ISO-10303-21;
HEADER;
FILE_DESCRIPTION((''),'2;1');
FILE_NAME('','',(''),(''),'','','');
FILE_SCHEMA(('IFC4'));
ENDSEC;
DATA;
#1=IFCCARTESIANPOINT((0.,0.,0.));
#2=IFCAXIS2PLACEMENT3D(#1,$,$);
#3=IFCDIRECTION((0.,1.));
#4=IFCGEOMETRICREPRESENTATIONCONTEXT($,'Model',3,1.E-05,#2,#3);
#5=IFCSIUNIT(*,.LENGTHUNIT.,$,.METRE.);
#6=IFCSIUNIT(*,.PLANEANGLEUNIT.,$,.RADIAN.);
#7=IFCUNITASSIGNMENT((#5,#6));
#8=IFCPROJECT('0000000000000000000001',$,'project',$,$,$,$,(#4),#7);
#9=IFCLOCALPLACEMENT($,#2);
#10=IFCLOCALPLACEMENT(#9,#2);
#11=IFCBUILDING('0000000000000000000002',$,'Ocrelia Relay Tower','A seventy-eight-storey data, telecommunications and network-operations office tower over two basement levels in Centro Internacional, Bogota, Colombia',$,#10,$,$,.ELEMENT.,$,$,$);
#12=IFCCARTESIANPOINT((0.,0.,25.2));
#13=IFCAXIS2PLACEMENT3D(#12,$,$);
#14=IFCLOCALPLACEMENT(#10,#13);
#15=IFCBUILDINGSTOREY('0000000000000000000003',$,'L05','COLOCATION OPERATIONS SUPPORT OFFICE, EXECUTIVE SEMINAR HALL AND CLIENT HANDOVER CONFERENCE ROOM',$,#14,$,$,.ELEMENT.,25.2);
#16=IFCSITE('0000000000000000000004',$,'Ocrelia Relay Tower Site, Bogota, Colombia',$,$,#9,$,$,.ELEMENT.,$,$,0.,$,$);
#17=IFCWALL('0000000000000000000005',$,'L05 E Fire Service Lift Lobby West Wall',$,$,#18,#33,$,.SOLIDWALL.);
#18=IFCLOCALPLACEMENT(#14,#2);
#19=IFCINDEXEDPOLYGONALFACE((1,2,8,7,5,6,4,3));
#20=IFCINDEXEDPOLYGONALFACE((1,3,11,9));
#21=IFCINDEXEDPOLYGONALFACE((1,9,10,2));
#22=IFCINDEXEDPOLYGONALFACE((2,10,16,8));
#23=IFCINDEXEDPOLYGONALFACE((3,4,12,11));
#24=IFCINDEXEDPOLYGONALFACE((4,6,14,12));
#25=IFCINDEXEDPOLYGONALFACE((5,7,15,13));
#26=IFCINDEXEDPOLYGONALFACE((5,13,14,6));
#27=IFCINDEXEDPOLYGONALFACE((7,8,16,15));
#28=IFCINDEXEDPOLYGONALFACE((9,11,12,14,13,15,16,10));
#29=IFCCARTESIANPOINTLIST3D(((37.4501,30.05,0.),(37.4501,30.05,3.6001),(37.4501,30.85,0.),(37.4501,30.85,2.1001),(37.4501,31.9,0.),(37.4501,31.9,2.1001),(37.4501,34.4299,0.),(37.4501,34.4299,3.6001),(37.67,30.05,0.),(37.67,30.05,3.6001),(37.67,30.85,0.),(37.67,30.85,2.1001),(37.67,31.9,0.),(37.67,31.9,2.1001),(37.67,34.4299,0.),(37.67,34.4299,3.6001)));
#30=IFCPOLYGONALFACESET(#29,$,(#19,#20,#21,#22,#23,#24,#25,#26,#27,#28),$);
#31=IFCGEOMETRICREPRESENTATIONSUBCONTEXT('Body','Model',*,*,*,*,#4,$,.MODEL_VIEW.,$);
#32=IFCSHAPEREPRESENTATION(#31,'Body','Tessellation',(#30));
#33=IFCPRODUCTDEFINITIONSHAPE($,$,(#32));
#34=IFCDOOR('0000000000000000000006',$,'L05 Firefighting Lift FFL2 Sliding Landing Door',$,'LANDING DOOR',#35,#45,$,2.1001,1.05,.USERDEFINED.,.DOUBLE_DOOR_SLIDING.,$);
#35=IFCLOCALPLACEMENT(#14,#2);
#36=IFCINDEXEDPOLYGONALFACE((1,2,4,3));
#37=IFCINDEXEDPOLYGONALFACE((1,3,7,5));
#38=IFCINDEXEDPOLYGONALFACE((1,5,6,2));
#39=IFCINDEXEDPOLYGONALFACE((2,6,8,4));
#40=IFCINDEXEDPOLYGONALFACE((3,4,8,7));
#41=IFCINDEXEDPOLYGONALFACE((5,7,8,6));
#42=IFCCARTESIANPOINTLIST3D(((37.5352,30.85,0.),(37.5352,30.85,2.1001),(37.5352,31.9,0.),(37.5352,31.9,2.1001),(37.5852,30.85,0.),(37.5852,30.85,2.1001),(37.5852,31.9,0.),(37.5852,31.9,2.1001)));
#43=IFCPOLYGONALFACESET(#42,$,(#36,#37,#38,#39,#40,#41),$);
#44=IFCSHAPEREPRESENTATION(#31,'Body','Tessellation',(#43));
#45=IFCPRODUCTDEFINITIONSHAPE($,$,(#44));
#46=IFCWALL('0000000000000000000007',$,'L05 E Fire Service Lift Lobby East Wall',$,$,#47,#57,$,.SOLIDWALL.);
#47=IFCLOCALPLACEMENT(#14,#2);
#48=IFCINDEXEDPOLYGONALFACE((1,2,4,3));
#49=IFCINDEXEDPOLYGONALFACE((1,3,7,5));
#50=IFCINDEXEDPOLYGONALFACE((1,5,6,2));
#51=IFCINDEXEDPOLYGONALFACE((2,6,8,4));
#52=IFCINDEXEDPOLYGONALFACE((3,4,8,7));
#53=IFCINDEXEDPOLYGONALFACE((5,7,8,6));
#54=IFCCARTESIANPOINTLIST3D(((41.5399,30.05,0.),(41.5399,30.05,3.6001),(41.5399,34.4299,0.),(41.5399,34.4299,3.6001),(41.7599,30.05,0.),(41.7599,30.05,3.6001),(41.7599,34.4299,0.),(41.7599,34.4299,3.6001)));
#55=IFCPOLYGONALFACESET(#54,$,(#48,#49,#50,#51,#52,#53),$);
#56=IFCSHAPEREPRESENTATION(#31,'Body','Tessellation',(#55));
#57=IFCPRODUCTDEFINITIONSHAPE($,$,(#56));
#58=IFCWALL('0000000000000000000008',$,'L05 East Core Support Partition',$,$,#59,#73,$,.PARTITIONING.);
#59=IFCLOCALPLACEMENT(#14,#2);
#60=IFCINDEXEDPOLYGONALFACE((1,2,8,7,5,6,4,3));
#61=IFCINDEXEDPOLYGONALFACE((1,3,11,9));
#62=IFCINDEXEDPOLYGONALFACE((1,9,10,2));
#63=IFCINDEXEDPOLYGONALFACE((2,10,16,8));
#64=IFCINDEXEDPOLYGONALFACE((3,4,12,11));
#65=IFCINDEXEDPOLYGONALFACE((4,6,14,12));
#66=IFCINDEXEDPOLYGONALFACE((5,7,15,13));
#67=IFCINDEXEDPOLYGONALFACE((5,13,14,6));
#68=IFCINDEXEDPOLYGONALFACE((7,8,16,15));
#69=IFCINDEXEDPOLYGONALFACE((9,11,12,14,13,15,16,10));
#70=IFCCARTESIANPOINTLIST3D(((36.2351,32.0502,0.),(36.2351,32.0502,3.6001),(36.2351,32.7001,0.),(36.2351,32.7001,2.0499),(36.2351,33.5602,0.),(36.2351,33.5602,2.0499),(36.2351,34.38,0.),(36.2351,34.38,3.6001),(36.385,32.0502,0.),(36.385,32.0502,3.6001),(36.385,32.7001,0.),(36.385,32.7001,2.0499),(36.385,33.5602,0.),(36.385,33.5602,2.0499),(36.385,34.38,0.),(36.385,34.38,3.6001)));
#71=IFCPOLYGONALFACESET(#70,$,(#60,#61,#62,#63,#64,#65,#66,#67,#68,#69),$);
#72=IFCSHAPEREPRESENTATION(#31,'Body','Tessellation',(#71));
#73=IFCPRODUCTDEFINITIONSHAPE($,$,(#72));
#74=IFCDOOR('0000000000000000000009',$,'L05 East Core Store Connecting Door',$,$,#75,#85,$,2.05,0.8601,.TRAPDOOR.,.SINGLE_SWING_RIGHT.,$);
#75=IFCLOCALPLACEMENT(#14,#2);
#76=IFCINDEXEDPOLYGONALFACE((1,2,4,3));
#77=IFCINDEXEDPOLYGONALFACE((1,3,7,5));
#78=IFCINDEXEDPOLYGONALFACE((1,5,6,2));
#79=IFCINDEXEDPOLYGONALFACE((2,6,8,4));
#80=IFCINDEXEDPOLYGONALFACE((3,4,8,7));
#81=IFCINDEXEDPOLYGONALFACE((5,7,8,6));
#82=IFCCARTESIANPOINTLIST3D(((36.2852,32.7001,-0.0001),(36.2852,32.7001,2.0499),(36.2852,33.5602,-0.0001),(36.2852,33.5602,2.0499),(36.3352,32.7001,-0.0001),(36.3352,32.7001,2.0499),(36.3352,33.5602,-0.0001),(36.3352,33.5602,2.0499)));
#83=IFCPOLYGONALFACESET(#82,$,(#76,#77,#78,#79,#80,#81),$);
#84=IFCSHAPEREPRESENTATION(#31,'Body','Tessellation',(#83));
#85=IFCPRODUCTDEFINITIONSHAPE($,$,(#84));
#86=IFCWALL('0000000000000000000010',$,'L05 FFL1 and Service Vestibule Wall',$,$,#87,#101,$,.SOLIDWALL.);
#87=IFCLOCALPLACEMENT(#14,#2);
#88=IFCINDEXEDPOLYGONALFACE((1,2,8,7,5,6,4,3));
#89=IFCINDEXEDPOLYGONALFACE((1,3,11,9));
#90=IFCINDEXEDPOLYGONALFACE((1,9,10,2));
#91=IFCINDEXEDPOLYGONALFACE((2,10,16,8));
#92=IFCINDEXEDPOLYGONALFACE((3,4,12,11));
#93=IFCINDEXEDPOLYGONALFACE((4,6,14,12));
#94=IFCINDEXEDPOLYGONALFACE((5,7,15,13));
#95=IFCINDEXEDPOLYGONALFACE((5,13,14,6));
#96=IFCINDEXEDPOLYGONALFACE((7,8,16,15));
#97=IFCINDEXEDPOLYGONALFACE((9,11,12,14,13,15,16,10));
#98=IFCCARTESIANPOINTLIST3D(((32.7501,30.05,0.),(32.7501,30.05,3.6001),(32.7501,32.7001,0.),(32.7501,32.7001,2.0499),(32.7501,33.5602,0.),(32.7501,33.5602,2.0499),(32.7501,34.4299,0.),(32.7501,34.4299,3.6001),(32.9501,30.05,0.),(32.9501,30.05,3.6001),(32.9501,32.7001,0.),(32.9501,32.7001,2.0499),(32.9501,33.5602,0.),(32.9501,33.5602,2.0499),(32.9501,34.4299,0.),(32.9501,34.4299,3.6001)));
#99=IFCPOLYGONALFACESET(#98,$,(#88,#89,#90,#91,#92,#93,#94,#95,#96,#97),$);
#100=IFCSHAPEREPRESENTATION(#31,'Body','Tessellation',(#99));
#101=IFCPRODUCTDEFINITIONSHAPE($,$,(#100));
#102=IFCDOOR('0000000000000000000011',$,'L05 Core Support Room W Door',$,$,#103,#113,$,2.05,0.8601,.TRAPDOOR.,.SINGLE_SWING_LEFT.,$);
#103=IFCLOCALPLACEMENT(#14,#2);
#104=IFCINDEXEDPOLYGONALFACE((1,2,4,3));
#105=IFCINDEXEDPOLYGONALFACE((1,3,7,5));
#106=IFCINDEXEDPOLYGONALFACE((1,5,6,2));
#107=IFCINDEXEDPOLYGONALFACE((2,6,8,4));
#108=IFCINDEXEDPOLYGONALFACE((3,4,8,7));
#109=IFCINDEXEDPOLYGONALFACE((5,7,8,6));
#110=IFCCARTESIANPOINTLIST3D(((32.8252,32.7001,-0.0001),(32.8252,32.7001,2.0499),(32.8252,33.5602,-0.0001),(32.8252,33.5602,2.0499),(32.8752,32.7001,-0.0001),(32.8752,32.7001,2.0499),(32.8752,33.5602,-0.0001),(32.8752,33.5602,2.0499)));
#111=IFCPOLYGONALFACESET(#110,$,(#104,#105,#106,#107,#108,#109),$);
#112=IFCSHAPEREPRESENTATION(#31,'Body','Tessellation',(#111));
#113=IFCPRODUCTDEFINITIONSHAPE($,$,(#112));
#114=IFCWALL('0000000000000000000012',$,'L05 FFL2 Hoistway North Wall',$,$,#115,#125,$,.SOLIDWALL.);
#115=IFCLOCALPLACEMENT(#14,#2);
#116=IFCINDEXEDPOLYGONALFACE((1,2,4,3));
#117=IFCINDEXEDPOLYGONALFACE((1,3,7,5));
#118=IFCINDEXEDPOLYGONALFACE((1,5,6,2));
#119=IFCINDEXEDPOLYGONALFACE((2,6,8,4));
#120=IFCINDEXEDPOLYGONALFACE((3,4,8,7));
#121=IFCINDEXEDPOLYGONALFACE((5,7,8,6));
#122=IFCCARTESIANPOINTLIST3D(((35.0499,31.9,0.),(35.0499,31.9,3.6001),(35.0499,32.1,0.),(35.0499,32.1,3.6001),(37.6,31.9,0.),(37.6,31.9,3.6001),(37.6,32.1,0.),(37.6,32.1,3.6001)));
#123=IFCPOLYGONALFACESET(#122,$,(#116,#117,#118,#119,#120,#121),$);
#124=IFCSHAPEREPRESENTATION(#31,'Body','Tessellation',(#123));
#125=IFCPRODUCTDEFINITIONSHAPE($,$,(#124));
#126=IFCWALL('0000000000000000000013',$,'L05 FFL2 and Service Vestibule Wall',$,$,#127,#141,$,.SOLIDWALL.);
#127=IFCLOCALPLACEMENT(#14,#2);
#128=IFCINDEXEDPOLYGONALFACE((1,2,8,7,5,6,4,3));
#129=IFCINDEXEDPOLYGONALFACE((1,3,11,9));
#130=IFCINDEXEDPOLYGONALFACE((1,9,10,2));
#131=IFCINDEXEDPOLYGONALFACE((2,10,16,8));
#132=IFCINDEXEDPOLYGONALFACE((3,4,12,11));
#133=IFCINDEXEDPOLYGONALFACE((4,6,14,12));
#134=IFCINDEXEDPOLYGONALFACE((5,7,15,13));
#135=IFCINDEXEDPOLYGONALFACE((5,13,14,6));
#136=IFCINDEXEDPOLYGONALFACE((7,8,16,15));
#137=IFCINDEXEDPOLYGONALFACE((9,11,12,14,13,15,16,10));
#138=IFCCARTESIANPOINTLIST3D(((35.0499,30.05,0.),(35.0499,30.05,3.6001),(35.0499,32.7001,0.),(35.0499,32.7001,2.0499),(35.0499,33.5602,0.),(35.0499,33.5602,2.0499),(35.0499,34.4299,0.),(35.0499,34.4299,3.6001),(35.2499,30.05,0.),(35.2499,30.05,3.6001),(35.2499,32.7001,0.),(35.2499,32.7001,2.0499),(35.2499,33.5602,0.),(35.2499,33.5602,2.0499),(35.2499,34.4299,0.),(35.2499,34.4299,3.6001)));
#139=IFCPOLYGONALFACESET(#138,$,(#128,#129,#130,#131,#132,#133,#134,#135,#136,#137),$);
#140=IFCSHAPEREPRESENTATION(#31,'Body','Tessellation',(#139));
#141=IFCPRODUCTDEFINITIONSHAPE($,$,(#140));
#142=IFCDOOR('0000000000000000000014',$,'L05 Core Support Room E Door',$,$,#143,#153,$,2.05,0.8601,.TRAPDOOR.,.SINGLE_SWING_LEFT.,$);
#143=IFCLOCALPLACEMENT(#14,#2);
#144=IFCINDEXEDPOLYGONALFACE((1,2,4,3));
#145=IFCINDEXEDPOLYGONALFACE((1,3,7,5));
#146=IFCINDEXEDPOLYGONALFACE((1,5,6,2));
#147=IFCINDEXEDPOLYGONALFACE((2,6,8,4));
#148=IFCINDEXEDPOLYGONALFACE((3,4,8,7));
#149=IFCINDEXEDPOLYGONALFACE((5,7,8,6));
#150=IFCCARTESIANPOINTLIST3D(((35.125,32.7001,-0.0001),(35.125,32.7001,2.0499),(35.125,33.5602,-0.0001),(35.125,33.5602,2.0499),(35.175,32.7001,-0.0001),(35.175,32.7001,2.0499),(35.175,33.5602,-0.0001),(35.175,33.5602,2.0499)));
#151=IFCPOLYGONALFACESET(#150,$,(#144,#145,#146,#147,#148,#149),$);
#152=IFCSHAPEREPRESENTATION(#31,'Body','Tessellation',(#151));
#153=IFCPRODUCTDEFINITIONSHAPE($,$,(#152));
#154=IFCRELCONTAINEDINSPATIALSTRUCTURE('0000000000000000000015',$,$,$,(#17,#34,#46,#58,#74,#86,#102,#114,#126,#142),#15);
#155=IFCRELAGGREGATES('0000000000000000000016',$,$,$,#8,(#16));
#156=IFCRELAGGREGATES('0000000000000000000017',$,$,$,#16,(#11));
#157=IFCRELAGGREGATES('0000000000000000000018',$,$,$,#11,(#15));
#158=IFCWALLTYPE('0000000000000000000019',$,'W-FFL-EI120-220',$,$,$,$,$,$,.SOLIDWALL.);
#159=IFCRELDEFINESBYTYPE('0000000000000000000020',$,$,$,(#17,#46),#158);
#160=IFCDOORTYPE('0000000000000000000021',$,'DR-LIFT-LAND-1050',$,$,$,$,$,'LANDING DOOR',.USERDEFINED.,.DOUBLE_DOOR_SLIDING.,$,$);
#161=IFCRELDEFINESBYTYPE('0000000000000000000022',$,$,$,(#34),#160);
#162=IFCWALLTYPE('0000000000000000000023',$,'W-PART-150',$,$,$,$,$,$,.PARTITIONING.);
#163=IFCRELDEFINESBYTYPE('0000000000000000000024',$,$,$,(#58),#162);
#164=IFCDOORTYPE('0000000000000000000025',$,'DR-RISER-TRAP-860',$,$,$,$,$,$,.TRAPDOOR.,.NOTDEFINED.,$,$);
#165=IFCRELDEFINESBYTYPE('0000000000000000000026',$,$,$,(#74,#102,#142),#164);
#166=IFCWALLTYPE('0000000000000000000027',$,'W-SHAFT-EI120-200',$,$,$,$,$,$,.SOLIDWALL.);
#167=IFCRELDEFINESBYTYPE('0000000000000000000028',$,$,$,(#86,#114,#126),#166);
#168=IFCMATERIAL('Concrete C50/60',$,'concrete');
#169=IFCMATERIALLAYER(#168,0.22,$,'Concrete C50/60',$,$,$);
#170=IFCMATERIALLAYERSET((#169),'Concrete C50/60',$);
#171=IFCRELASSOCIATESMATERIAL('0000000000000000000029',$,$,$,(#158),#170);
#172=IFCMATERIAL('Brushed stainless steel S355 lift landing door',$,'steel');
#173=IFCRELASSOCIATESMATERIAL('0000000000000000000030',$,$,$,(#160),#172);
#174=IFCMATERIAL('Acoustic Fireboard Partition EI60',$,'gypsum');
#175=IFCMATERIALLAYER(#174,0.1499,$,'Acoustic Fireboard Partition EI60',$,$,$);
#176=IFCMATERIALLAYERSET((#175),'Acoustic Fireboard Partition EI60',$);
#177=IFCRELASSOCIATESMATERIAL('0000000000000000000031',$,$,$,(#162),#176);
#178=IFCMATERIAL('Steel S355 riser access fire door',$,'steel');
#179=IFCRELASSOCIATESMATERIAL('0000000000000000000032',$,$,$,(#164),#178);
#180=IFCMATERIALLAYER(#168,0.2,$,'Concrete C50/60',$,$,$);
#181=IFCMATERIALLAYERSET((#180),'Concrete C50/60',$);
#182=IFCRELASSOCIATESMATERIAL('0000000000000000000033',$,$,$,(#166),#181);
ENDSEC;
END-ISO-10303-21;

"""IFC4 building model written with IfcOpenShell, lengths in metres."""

from ifc_helpers import new_model, si_unit, direction, frame, frame_2d, origin, place, context, subcontext, project, spatial, rectangle, extrude, material, layer, layer_set, type_object, element, fill, save


model = new_model("IFC4")

# Units and contexts
model_context = context("Model", 3, precision=1e-05, world=origin(), true_north=direction((0.0, 1.0)))
body_context = subcontext(model_context, "Body", "Model", "MODEL_VIEW")
ifc_project = project(units=[si_unit("LENGTHUNIT", "METRE"), si_unit("PLANEANGLEUNIT", "RADIAN")], contexts=[model_context])

# Site, building, storey
site_placement = place(None, origin())
site = spatial("IfcSite", under=ifc_project, at=site_placement, Name="Ocrelia Relay Tower Site, Bogota, Colombia", CompositionType="ELEMENT", RefElevation=0.0)
building_placement = place(site_placement, origin())
building = spatial("IfcBuilding", under=site, at=building_placement, Name="Ocrelia Relay Tower", Description="A seventy-eight-storey data, telecommunications and network-operations office tower over two basement levels in Centro Internacional, Bogota, Colombia", CompositionType="ELEMENT")
storey_placement = place(building_placement, frame((0.0, 0.0, 25.2)))
storey = spatial("IfcBuildingStorey", under=building, at=storey_placement, Name="L05", Description="COLOCATION OPERATIONS SUPPORT OFFICE, EXECUTIVE SEMINAR HALL AND CLIENT HANDOVER CONFERENCE ROOM", CompositionType="ELEMENT", Elevation=25.2)

# Wall, opening, door
ifc_material_1 = material(Name="Concrete C50/60", Category="concrete")
ifc_layer_1 = layer(ifc_material_1, 0.22, Name="Concrete C50/60")
ifc_layer_set_1 = layer_set([ifc_layer_1], Name="Concrete C50/60")
wall_type_1 = type_object("IfcWallType", Name="W-FFL-EI120-220", PredefinedType="SOLIDWALL", material=ifc_layer_set_1)
wall_1_placement = place(storey_placement, frame((37.5601, 30.05, 0.0), z_axis=(0.0, 0.0, 1.0), x_axis=(0.0, 1.0, 0.0)))
wall_1 = element("IfcWall", 1, at=wall_1_placement, inside=storey, type_object=wall_type_1, Name="L05 E Fire Service Lift Lobby West Wall", PredefinedType="SOLIDWALL", context=body_context, shape_type="SweptSolid", body=[
    extrude(rectangle(XDim=4.3799, YDim=0.22, at=frame_2d((2.1899, 0.0))), origin(), (0.0, 0.0, 1.0), 3.6001),
])
opening_1_placement = place(wall_1_placement, frame((0.8, 0.0, 0.0)))
opening_1 = element("IfcOpeningElement", 2, at=opening_1_placement, cuts=wall_1, PredefinedType="OPENING", context=body_context, shape_type="SweptSolid", body=[
    extrude(rectangle(XDim=1.05, YDim=2.1001, at=frame_2d((0.5249, 1.05))), frame((0.0, 0.1201, 0.0), z_axis=(0.0, -1.0, 0.0), x_axis=(1.0, 0.0, 0.0)), (0.0, 0.0, 1.0), 0.24),
])
ifc_material_2 = material(Name="Brushed stainless steel S355 lift landing door", Category="steel")
door_type_1 = type_object("IfcDoorType", Name="DR-LIFT-LAND-1050", ElementType="LANDING DOOR", OperationType="DOUBLE_DOOR_SLIDING", PredefinedType="USERDEFINED", material=ifc_material_2)
door_1_placement = place(opening_1_placement, origin())
door_1 = element("IfcDoor", 3, at=door_1_placement, inside=storey, type_object=door_type_1, Name="L05 Firefighting Lift FFL2 Sliding Landing Door", ObjectType="LANDING DOOR", OperationType="DOUBLE_DOOR_SLIDING", OverallHeight=2.1001, OverallWidth=1.05, PredefinedType="USERDEFINED", context=body_context, shape_type="SweptSolid", body=[
    extrude(rectangle(XDim=1.05, YDim=2.1001, at=frame_2d((0.5249, 1.05))), frame((0.0, 0.0249, 0.0), z_axis=(0.0, -1.0, 0.0), x_axis=(1.0, 0.0, 0.0)), (0.0, 0.0, 1.0), 0.05),
])
fill(opening_1, door_1)

# Wall
wall_2_placement = place(storey_placement, frame((41.6499, 30.05, 0.0), z_axis=(0.0, 0.0, 1.0), x_axis=(0.0, 1.0, 0.0)))
element("IfcWall", 4, at=wall_2_placement, inside=storey, type_object=wall_type_1, Name="L05 E Fire Service Lift Lobby East Wall", PredefinedType="SOLIDWALL", context=body_context, shape_type="SweptSolid", body=[
    extrude(rectangle(XDim=4.3799, YDim=0.22, at=frame_2d((2.1899, 0.0))), origin(), (0.0, 0.0, 1.0), 3.6001),
])

# Walls, openings, doors
ifc_material_3 = material(Name="Acoustic Fireboard Partition EI60", Category="gypsum")
ifc_layer_2 = layer(ifc_material_3, 0.1499, Name="Acoustic Fireboard Partition EI60")
ifc_layer_set_2 = layer_set([ifc_layer_2], Name="Acoustic Fireboard Partition EI60")
wall_type_2 = type_object("IfcWallType", Name="W-PART-150", PredefinedType="PARTITIONING", material=ifc_layer_set_2)
wall_3_placement = place(storey_placement, frame((36.3101, 32.05, 0.0), z_axis=(0.0, 0.0, 1.0), x_axis=(0.0, 1.0, 0.0)))
wall_3 = element("IfcWall", 5, at=wall_3_placement, inside=storey, type_object=wall_type_2, Name="L05 East Core Support Partition", PredefinedType="PARTITIONING", context=body_context, shape_type="SweptSolid", body=[
    extrude(rectangle(XDim=2.3298, YDim=0.1499, at=frame_2d((1.165, 0.0))), origin(), (0.0, 0.0, 1.0), 3.6001),
])
opening_2_placement = place(wall_3_placement, frame((0.6499, 0.0, 0.0)))
opening_2 = element("IfcOpeningElement", 6, at=opening_2_placement, cuts=wall_3, PredefinedType="OPENING", context=body_context, shape_type="SweptSolid", body=[
    extrude(rectangle(XDim=0.8601, YDim=2.05, at=frame_2d((0.4302, 1.0249))), frame((0.0, 0.085, 0.0), z_axis=(0.0, -1.0, 0.0), x_axis=(1.0, 0.0, 0.0)), (0.0, 0.0, 1.0), 0.1699),
])
ifc_material_4 = material(Name="Steel S355 riser access fire door", Category="steel")
door_type_2 = type_object("IfcDoorType", Name="DR-RISER-TRAP-860", OperationType="NOTDEFINED", PredefinedType="TRAPDOOR", material=ifc_material_4)
door_2_placement = place(opening_2_placement, origin())
door_2 = element("IfcDoor", 7, at=door_2_placement, inside=storey, type_object=door_type_2, Name="L05 East Core Store Connecting Door", OperationType="SINGLE_SWING_RIGHT", OverallHeight=2.05, OverallWidth=0.8601, PredefinedType="TRAPDOOR", context=body_context, shape_type="SweptSolid", body=[
    extrude(rectangle(XDim=0.8601, YDim=2.05, at=frame_2d((0.4302, 1.0249))), frame((0.0, 0.0249, 0.0), z_axis=(0.0, -1.0, 0.0), x_axis=(1.0, 0.0, 0.0)), (0.0, 0.0, 1.0), 0.05),
])
fill(opening_2, door_2)
ifc_layer_3 = layer(ifc_material_1, 0.2, Name="Concrete C50/60")
ifc_layer_set_3 = layer_set([ifc_layer_3], Name="Concrete C50/60")
wall_type_3 = type_object("IfcWallType", Name="W-SHAFT-EI120-200", PredefinedType="SOLIDWALL", material=ifc_layer_set_3)
wall_4_placement = place(storey_placement, frame((32.8501, 30.05, 0.0), z_axis=(0.0, 0.0, 1.0), x_axis=(0.0, 1.0, 0.0)))
wall_4 = element("IfcWall", 8, at=wall_4_placement, inside=storey, type_object=wall_type_3, Name="L05 FFL1 and Service Vestibule Wall", PredefinedType="SOLIDWALL", context=body_context, shape_type="SweptSolid", body=[
    extrude(rectangle(XDim=4.3799, YDim=0.2, at=frame_2d((2.1899, 0.0))), origin(), (0.0, 0.0, 1.0), 3.6001),
])
opening_3_placement = place(wall_4_placement, frame((2.6499, 0.0, 0.0)))
opening_3 = element("IfcOpeningElement", 9, at=opening_3_placement, cuts=wall_4, PredefinedType="OPENING", context=body_context, shape_type="SweptSolid", body=[
    extrude(rectangle(XDim=0.8601, YDim=2.05, at=frame_2d((0.4302, 1.0249))), frame((0.0, 0.1099, 0.0), z_axis=(0.0, -1.0, 0.0), x_axis=(1.0, 0.0, 0.0)), (0.0, 0.0, 1.0), 0.22),
])
door_3_placement = place(opening_3_placement, origin())
door_3 = element("IfcDoor", 10, at=door_3_placement, inside=storey, type_object=door_type_2, Name="L05 Core Support Room W Door", OperationType="SINGLE_SWING_LEFT", OverallHeight=2.05, OverallWidth=0.8601, PredefinedType="TRAPDOOR", context=body_context, shape_type="SweptSolid", body=[
    extrude(rectangle(XDim=0.8601, YDim=2.05, at=frame_2d((0.4302, 1.0249))), frame((0.0, 0.0249, 0.0), z_axis=(0.0, -1.0, 0.0), x_axis=(1.0, 0.0, 0.0)), (0.0, 0.0, 1.0), 0.05),
])
fill(opening_3, door_3)

# Wall
wall_5_placement = place(storey_placement, frame((35.05, 32.0, 0.0), z_axis=(0.0, 0.0, 1.0), x_axis=(1.0, 0.0, 0.0)))
element("IfcWall", 11, at=wall_5_placement, inside=storey, type_object=wall_type_3, Name="L05 FFL2 Hoistway North Wall", PredefinedType="SOLIDWALL", context=body_context, shape_type="SweptSolid", body=[
    extrude(rectangle(XDim=2.55, YDim=0.2, at=frame_2d((1.2749, 0.0))), origin(), (0.0, 0.0, 1.0), 3.6001),
])

# Wall, opening, door
wall_6_placement = place(storey_placement, frame((35.1499, 30.05, 0.0), z_axis=(0.0, 0.0, 1.0), x_axis=(0.0, 1.0, 0.0)))
wall_6 = element("IfcWall", 12, at=wall_6_placement, inside=storey, type_object=wall_type_3, Name="L05 FFL2 and Service Vestibule Wall", PredefinedType="SOLIDWALL", context=body_context, shape_type="SweptSolid", body=[
    extrude(rectangle(XDim=4.3799, YDim=0.2, at=frame_2d((2.1899, 0.0))), origin(), (0.0, 0.0, 1.0), 3.6001),
])
opening_4_placement = place(wall_6_placement, frame((2.6499, 0.0, 0.0)))
opening_4 = element("IfcOpeningElement", 13, at=opening_4_placement, cuts=wall_6, PredefinedType="OPENING", context=body_context, shape_type="SweptSolid", body=[
    extrude(rectangle(XDim=0.8601, YDim=2.05, at=frame_2d((0.4302, 1.0249))), frame((0.0, 0.1099, 0.0), z_axis=(0.0, -1.0, 0.0), x_axis=(1.0, 0.0, 0.0)), (0.0, 0.0, 1.0), 0.22),
])
door_4_placement = place(opening_4_placement, origin())
door_4 = element("IfcDoor", 14, at=door_4_placement, inside=storey, type_object=door_type_2, Name="L05 Core Support Room E Door", OperationType="SINGLE_SWING_LEFT", OverallHeight=2.05, OverallWidth=0.8601, PredefinedType="TRAPDOOR", context=body_context, shape_type="SweptSolid", body=[
    extrude(rectangle(XDim=0.8601, YDim=2.05, at=frame_2d((0.4302, 1.0249))), frame((0.0, 0.0249, 0.0), z_axis=(0.0, -1.0, 0.0), x_axis=(1.0, 0.0, 0.0)), (0.0, 0.0, 1.0), 0.05),
])
fill(opening_4, door_4)

save(model, "model.ifc")
